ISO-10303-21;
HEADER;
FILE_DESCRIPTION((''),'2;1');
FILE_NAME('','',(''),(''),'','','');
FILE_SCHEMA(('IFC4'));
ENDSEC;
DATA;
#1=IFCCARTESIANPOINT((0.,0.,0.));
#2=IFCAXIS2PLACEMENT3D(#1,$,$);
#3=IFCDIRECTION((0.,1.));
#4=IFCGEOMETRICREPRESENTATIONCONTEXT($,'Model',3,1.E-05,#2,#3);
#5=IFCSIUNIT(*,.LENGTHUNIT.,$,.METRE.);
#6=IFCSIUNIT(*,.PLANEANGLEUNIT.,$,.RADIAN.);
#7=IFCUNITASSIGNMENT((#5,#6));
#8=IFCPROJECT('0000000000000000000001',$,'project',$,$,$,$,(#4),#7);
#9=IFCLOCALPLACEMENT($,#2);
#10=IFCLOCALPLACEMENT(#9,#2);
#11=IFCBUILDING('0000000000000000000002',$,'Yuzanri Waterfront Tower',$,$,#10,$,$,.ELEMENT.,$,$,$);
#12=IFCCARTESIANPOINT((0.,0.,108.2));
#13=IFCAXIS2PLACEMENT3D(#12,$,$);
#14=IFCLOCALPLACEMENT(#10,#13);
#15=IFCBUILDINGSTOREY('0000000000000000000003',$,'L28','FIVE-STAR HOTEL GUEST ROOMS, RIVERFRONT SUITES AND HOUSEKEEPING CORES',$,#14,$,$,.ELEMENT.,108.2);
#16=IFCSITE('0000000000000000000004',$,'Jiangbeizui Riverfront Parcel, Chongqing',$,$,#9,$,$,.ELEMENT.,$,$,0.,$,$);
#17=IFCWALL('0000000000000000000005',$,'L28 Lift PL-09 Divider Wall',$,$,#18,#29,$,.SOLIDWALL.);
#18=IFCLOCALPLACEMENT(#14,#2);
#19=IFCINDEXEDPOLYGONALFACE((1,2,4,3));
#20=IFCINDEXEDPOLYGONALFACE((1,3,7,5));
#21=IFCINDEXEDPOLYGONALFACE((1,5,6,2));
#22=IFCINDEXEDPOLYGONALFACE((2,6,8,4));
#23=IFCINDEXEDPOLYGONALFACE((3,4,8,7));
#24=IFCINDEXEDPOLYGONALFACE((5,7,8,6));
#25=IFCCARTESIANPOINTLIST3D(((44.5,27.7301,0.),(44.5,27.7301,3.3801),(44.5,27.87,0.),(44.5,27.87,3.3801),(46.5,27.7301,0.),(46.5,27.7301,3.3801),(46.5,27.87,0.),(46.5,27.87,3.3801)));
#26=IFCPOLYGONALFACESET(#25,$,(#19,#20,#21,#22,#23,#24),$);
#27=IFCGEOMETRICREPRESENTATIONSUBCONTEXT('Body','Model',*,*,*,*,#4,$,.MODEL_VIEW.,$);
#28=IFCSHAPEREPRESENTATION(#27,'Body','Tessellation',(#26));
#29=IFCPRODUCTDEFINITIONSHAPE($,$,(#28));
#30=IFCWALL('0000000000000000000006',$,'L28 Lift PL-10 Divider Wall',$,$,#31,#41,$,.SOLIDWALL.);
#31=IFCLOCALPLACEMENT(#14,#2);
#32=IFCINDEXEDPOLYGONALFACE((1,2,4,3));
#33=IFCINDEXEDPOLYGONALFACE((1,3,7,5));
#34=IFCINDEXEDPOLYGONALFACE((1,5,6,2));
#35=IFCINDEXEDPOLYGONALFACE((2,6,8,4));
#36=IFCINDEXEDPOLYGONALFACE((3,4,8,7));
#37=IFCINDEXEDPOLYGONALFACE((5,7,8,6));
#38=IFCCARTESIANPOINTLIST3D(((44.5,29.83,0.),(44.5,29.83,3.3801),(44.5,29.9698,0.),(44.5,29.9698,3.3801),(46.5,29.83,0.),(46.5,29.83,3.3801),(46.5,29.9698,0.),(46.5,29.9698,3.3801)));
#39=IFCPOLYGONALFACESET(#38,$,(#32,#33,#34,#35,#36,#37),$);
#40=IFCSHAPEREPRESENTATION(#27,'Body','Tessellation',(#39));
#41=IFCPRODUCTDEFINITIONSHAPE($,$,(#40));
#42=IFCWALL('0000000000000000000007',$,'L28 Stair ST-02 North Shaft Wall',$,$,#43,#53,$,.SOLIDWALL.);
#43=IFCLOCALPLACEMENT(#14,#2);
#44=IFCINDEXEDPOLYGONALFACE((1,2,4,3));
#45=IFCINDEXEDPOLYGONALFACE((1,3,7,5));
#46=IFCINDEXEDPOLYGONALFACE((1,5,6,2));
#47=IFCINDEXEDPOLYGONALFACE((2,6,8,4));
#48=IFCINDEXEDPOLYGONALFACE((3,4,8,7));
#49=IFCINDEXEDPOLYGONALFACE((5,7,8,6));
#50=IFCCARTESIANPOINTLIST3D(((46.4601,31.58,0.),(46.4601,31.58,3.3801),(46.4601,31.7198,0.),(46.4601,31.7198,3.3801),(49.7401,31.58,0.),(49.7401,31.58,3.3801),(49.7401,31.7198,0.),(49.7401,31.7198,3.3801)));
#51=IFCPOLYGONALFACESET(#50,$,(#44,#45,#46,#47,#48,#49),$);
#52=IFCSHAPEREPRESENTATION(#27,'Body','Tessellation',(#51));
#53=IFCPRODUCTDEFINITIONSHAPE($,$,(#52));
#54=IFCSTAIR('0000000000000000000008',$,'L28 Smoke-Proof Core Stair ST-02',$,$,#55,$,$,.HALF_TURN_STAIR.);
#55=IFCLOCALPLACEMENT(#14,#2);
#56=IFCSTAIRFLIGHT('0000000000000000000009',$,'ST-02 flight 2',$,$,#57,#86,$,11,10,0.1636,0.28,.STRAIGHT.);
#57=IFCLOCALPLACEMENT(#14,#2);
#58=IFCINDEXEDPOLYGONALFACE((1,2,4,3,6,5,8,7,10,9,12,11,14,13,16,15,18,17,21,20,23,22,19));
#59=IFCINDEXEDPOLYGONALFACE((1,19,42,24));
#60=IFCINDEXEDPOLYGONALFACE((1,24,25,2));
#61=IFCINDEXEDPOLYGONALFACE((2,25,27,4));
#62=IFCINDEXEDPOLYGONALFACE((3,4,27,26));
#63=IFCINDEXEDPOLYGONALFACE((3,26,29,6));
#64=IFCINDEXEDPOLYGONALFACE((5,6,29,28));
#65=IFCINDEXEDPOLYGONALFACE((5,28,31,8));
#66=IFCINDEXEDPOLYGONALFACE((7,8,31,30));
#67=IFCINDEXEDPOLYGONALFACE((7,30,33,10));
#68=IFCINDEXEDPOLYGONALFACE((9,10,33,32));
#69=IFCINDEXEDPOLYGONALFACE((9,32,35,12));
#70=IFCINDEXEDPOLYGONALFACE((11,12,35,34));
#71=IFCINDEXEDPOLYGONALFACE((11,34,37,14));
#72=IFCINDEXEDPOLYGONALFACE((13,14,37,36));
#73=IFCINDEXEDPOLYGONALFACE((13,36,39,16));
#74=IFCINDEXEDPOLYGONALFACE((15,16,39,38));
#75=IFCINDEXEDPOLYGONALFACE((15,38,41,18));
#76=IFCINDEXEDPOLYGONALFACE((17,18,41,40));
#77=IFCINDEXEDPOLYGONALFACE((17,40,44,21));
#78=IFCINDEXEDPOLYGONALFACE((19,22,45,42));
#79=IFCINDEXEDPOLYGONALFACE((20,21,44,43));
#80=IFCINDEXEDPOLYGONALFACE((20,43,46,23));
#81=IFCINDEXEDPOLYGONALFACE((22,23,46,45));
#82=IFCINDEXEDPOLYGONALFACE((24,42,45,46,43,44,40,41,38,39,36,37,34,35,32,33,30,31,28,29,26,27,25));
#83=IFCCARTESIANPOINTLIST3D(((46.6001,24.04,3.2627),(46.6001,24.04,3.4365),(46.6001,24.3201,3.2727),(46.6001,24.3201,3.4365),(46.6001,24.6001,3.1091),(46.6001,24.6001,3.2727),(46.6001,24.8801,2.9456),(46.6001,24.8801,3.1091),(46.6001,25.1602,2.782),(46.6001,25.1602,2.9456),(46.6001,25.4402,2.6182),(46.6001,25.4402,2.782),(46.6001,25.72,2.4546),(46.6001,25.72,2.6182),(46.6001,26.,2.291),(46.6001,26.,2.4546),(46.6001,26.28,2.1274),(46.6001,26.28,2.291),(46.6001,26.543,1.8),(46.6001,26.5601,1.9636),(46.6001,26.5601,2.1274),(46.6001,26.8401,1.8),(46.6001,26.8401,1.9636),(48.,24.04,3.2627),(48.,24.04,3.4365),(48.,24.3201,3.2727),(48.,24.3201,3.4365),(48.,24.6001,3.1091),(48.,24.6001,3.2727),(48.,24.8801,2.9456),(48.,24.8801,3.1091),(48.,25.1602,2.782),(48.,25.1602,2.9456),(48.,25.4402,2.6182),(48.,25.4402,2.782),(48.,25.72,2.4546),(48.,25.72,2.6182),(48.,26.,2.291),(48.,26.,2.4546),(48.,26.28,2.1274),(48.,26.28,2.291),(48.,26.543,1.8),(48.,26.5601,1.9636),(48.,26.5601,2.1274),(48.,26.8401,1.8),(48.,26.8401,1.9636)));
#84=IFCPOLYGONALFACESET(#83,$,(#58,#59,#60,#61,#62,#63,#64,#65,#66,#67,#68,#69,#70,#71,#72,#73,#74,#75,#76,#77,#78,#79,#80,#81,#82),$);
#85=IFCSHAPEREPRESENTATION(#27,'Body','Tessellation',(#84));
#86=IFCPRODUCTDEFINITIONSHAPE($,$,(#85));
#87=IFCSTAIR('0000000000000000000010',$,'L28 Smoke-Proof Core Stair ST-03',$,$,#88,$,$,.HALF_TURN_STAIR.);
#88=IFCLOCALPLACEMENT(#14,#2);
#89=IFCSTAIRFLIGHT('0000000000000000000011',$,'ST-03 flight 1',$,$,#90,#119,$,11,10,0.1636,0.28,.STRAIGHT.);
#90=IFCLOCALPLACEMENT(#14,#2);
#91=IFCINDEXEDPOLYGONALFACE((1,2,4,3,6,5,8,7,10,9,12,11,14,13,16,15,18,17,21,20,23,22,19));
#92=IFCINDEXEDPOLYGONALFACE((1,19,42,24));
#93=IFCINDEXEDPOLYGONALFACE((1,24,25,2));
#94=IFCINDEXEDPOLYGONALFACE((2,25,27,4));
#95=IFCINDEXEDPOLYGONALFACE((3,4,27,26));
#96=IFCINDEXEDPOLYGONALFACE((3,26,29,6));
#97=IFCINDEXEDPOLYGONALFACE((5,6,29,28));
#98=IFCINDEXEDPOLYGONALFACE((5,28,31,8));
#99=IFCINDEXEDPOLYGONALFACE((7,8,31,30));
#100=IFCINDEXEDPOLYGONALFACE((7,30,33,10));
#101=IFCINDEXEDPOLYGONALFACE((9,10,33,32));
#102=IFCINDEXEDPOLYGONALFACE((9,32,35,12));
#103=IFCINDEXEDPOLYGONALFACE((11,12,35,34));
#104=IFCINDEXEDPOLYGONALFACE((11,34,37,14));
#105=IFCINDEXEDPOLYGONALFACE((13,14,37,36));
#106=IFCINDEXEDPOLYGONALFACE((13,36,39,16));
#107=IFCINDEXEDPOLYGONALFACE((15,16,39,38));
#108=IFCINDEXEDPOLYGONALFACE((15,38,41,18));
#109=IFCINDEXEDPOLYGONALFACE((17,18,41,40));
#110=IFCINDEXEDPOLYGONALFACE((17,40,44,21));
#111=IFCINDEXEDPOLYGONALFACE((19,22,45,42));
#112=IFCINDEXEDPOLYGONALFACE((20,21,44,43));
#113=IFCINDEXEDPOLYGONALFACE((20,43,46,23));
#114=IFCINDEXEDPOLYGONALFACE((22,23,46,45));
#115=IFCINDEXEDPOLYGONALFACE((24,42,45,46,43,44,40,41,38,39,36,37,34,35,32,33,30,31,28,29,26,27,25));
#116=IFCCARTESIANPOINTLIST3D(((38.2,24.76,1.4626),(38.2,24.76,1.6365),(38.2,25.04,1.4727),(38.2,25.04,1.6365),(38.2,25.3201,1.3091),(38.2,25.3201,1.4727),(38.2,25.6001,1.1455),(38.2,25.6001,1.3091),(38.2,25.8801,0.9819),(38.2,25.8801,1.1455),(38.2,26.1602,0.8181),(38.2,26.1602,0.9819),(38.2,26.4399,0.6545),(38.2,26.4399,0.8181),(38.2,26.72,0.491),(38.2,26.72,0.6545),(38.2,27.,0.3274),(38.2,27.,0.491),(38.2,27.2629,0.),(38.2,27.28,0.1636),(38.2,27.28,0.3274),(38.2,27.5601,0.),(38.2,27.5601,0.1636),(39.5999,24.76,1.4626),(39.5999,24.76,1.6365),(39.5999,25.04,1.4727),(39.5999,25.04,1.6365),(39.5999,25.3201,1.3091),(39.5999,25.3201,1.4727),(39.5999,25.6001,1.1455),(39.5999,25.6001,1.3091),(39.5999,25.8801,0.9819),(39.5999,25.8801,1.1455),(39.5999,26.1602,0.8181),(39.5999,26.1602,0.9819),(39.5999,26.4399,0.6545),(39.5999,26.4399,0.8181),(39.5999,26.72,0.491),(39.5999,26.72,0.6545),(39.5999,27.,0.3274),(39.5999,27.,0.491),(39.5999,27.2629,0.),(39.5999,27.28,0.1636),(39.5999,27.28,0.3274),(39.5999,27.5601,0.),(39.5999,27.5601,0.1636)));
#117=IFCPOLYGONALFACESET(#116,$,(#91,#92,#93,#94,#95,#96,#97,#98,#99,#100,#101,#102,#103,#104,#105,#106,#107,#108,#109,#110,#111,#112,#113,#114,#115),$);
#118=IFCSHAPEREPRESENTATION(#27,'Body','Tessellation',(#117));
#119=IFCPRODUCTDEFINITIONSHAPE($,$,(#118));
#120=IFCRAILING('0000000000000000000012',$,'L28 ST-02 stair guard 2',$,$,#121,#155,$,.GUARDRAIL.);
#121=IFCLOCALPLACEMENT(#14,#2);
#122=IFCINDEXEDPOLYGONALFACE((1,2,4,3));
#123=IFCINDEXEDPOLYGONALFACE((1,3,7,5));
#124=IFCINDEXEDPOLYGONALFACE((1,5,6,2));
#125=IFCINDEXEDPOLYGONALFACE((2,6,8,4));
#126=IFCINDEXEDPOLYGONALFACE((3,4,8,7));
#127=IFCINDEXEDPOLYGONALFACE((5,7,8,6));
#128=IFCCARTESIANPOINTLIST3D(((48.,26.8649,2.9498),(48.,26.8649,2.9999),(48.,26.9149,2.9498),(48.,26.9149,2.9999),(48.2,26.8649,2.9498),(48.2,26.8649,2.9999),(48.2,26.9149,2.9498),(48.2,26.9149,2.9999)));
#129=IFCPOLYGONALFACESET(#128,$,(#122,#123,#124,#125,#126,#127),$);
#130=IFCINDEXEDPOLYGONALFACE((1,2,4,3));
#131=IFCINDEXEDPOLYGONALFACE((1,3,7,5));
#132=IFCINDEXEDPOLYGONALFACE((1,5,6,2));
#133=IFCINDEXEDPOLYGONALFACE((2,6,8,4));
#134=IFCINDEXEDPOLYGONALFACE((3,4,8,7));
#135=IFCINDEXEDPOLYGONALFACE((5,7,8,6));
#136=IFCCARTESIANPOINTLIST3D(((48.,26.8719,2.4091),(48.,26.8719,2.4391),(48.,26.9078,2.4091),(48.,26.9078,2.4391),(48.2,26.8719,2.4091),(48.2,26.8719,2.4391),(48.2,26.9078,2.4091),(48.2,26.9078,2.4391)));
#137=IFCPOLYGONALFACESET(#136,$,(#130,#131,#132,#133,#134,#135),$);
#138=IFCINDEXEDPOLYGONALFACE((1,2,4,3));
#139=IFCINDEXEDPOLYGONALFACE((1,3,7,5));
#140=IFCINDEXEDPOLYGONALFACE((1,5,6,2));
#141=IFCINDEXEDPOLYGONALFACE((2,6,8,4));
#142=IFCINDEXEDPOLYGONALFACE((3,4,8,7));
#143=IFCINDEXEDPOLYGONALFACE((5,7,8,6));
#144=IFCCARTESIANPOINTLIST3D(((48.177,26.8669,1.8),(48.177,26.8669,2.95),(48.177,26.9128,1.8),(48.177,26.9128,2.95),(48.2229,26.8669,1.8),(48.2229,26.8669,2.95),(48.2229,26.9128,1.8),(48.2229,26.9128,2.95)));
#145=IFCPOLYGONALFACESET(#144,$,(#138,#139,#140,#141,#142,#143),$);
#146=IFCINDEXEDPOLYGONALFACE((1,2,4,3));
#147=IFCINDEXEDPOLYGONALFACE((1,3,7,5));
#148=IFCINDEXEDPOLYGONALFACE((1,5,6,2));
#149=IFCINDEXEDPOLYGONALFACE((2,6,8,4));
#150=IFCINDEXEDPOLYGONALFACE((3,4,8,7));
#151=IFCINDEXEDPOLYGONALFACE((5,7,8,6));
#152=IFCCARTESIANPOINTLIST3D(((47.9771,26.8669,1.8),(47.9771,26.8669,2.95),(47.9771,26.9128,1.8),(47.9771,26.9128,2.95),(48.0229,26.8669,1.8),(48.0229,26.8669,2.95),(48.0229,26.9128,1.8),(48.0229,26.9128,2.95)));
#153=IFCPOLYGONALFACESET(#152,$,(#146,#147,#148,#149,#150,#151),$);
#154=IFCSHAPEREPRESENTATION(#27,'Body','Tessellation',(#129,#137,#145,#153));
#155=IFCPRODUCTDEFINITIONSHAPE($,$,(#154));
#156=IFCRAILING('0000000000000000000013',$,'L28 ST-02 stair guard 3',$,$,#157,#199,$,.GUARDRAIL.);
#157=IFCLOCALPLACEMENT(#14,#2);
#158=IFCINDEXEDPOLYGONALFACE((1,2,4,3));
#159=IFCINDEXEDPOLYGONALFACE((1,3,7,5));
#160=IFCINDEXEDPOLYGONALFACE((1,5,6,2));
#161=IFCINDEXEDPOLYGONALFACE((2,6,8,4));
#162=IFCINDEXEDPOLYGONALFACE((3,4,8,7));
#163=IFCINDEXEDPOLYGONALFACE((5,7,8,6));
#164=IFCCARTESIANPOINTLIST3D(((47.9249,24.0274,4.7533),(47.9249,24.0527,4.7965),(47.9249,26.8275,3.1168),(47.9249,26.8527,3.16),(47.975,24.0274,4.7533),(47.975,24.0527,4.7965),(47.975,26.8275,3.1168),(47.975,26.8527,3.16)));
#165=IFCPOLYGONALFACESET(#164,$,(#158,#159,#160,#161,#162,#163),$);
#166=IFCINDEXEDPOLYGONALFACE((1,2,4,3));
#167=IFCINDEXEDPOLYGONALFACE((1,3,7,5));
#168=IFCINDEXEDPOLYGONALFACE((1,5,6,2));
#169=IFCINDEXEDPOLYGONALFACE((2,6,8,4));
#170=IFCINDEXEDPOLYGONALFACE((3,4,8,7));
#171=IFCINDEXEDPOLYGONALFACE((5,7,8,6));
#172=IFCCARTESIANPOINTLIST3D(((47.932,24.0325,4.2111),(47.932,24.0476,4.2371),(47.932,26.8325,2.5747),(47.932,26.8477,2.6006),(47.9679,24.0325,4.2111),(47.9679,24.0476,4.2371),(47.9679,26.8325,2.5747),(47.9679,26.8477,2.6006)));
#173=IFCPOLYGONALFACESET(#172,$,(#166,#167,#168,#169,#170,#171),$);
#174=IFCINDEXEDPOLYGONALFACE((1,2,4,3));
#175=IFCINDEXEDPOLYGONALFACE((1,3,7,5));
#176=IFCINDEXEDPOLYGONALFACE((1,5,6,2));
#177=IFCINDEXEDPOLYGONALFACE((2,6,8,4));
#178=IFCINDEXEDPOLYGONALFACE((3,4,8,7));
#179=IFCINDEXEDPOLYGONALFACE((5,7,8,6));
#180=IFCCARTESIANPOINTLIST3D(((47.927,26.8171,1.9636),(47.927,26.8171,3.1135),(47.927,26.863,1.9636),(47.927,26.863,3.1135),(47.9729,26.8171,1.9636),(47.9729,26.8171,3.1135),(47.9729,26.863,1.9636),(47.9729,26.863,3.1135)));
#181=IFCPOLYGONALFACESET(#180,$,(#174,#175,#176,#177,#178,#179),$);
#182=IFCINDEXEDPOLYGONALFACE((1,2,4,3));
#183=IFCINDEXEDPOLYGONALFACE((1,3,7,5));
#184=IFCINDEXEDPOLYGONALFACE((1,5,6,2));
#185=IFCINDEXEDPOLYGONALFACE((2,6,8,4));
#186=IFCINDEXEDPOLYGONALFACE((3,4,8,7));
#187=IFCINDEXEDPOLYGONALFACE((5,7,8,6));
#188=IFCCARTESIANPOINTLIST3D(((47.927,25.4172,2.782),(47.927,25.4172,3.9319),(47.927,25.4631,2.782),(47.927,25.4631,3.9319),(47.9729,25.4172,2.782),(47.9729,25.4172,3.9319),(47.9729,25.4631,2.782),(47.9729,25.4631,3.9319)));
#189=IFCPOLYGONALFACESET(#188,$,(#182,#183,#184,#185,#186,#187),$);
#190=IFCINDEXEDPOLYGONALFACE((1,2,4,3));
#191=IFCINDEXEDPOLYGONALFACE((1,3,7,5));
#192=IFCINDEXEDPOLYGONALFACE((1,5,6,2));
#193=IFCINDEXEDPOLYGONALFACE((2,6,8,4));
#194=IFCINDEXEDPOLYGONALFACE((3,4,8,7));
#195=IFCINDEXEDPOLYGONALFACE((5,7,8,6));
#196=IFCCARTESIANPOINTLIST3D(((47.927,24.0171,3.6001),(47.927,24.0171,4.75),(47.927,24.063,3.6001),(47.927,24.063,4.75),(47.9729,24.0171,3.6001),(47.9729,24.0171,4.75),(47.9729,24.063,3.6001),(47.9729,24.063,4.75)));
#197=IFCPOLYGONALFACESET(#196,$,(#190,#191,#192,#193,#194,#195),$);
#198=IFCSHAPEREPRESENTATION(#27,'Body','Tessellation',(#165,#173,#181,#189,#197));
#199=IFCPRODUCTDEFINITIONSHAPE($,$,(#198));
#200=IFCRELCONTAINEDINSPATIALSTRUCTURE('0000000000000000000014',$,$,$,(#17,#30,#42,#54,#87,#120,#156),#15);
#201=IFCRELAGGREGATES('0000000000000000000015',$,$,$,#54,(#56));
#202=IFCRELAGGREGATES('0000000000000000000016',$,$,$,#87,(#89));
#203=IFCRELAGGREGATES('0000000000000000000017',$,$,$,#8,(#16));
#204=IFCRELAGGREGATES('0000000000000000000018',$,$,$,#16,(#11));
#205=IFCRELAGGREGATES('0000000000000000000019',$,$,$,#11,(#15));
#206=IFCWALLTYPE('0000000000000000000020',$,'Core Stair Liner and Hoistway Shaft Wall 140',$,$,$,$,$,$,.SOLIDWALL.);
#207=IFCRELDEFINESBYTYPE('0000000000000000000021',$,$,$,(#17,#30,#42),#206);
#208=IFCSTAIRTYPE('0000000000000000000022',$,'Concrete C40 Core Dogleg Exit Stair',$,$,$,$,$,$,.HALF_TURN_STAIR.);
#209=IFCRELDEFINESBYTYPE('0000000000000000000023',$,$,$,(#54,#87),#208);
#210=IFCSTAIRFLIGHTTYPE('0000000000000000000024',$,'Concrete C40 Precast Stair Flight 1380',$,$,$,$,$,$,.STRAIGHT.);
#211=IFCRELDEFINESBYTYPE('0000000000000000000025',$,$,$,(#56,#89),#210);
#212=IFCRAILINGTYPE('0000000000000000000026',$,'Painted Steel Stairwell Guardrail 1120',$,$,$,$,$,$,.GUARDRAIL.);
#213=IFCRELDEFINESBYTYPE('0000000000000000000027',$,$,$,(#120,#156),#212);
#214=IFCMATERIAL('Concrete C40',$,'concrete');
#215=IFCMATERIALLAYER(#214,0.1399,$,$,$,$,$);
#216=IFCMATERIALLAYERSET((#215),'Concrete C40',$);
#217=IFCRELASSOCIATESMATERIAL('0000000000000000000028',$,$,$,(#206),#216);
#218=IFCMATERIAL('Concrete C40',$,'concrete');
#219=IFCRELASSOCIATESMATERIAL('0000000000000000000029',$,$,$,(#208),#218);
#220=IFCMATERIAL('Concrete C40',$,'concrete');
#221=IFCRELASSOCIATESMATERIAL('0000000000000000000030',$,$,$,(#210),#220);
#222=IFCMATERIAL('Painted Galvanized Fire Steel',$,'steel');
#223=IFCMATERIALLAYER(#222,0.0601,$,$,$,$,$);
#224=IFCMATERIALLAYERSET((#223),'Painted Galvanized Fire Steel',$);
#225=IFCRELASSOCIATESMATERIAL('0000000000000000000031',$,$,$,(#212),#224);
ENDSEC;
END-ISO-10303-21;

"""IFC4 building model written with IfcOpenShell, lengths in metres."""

from ifc_helpers import new_model, si_unit, direction, frame, frame_2d, origin, origin_2d, place, context, subcontext, project, spatial, polyline, rectangle, outline, extrude, source, transform, mapped, material, layer, layer_set, type_object, element, aggregate, save


model = new_model("IFC4")

# Units and contexts
model_context = context("Model", 3, precision=1e-05, world=origin(), true_north=direction((0.0, 1.0)))
body_context = subcontext(model_context, "Body", "Model", "MODEL_VIEW")
ifc_project = project(units=[si_unit("LENGTHUNIT", "METRE"), si_unit("PLANEANGLEUNIT", "RADIAN")], contexts=[model_context])

# Site, building, storey
site_placement = place(None, origin())
site = spatial("IfcSite", under=ifc_project, at=site_placement, Name="Jiangbeizui Riverfront Parcel, Chongqing", CompositionType="ELEMENT", RefElevation=0.0)
building_placement = place(site_placement, origin())
building = spatial("IfcBuilding", under=site, at=building_placement, Name="Yuzanri Waterfront Tower", CompositionType="ELEMENT")
storey_placement = place(building_placement, frame((0.0, 0.0, 108.2)))
storey = spatial("IfcBuildingStorey", under=building, at=storey_placement, Name="L28", Description="FIVE-STAR HOTEL GUEST ROOMS, RIVERFRONT SUITES AND HOUSEKEEPING CORES", CompositionType="ELEMENT", Elevation=108.2)

# Shared definitions
ifc_material_1 = material(Name="Concrete C40", Category="concrete")
ifc_layer_1 = layer(ifc_material_1, 0.1399)
ifc_layer_set_1 = layer_set([ifc_layer_1], Name="Concrete C40")
wall_type_1 = type_object("IfcWallType", Name="Core Stair Liner and Hoistway Shaft Wall 140", PredefinedType="SOLIDWALL", material=ifc_layer_set_1)

# Walls
shared_shape_1 = source(origin(), body_context, "Body", "SweptSolid", [
    extrude(rectangle(XDim=2.0, YDim=0.1399, at=frame_2d((1.0, 0.0))), origin(), (0.0, 0.0, 1.0), 3.3801),
])
for number, where, z_axis, x_axis, name in (
    (1, (44.5, 27.8, 0.0), (0.0, 0.0, 1.0), (1.0, 0.0, 0.0), "L28 Lift PL-09 Divider Wall"),
    (2, (44.5, 29.8999, 0.0), (0.0, 0.0, 1.0), (1.0, 0.0, 0.0), "L28 Lift PL-10 Divider Wall"),
):
    element("IfcWall", number, at=place(storey_placement, frame(where, z_axis=z_axis, x_axis=x_axis)), inside=storey, type_object=wall_type_1, Name=name, PredefinedType="SOLIDWALL", context=body_context, shape_type="MappedRepresentation", body=[
        mapped(shared_shape_1, transform((0.0, 0.0, 0.0), scale=1.0)),
    ])
shared_shape_2 = source(origin(), body_context, "Body", "SweptSolid", [
    extrude(rectangle(XDim=3.28, YDim=0.1399, at=frame_2d((1.6401, 0.0))), origin(), (0.0, 0.0, 1.0), 3.3801),
])
wall_1_placement = place(storey_placement, frame((46.46, 31.6499, 0.0), z_axis=(0.0, 0.0, 1.0), x_axis=(1.0, 0.0, 0.0)))
element("IfcWall", 3, at=wall_1_placement, inside=storey, type_object=wall_type_1, Name="L28 Stair ST-02 North Shaft Wall", PredefinedType="SOLIDWALL", context=body_context, shape_type="MappedRepresentation", body=[
    mapped(shared_shape_2, transform((0.0, 0.0, 0.0), scale=1.0)),
])

# Stairs, stair flights
ifc_material_2 = material(Name="Concrete C40", Category="concrete")
stair_type = type_object("IfcStairType", Name="Concrete C40 Core Dogleg Exit Stair", PredefinedType="HALF_TURN_STAIR", material=ifc_material_2)
stair_1_placement = place(storey_placement, origin())
stair_1 = element("IfcStair", 4, at=stair_1_placement, inside=storey, type_object=stair_type, Name="L28 Smoke-Proof Core Stair ST-02", PredefinedType="HALF_TURN_STAIR")
ifc_material_3 = material(Name="Concrete C40", Category="concrete")
stair_flight_type = type_object("IfcStairFlightType", Name="Concrete C40 Precast Stair Flight 1380", PredefinedType="STRAIGHT", material=ifc_material_3)
shared_shape_3 = source(origin(), body_context, "Body", "SweptSolid", [
    extrude(outline(polyline([(0.0, 0.0), (0.0, 0.1636), (0.28, 0.1636), (0.28, 0.3274), (0.5601, 0.3274), (0.5601, 0.491), (0.8401, 0.491), (0.8401, 0.6545), (1.1201, 0.6545), (1.1201, 0.8181), (1.3999, 0.8181), (1.3999, 0.9819), (1.6799, 0.9819), (1.6799, 1.1455), (1.96, 1.1455), (1.96, 1.3091), (2.24, 1.3091), (2.24, 1.4727), (2.52, 1.4727), (2.52, 1.6365), (2.8, 1.6365), (2.8, 1.8), (2.8, 1.4626), (0.2971, 0.0), (0.0, 0.0)])), frame((0.0, 0.7, 0.0), z_axis=(0.0, -1.0, 0.0), x_axis=(1.0, 0.0, 0.0)), (0.0, 0.0, 1.0), 1.3999),
])
stair_flight_1_placement = place(storey_placement, frame((47.3, 26.8401, 1.8), z_axis=(0.0, 0.0, 1.0), x_axis=(0.0, -1.0, 0.0)))
stair_flight_1 = element("IfcStairFlight", 5, at=stair_flight_1_placement, type_object=stair_flight_type, Name="ST-02 flight 2", NumberOfRisers=11, NumberOfTreads=10, PredefinedType="STRAIGHT", RiserHeight=0.1636, TreadLength=0.28, context=body_context, shape_type="MappedRepresentation", body=[
    mapped(shared_shape_3, transform((0.0, 0.0, 0.0), scale=1.0)),
])
aggregate(stair_1, [stair_flight_1])
stair_2_placement = place(storey_placement, origin())
stair_2 = element("IfcStair", 6, at=stair_2_placement, inside=storey, type_object=stair_type, Name="L28 Smoke-Proof Core Stair ST-03", PredefinedType="HALF_TURN_STAIR")
stair_flight_2_placement = place(storey_placement, frame((38.8999, 27.5601, 0.0), z_axis=(0.0, 0.0, 1.0), x_axis=(0.0, -1.0, 0.0)))
stair_flight_2 = element("IfcStairFlight", 7, at=stair_flight_2_placement, type_object=stair_flight_type, Name="ST-03 flight 1", NumberOfRisers=11, NumberOfTreads=10, PredefinedType="STRAIGHT", RiserHeight=0.1636, TreadLength=0.28, context=body_context, shape_type="MappedRepresentation", body=[
    mapped(shared_shape_3, transform((0.0, 0.0, 0.0), scale=1.0)),
])
aggregate(stair_2, [stair_flight_2])

# Railings
ifc_material_4 = material(Name="Painted Galvanized Fire Steel", Category="steel")
ifc_layer_2 = layer(ifc_material_4, 0.0601)
ifc_layer_set_2 = layer_set([ifc_layer_2], Name="Painted Galvanized Fire Steel")
railing_type_1 = type_object("IfcRailingType", Name="Painted Steel Stairwell Guardrail 1120", PredefinedType="GUARDRAIL", material=ifc_layer_set_2)
shared_shape_4 = source(origin(), body_context, "Body", "SweptSolid", [
    extrude(rectangle(XDim=0.05, YDim=0.05, at=origin_2d()), frame((0.0, 0.0, 1.1748), z_axis=(-1.0, 0.0, 0.0), x_axis=(0.0, -1.0, 0.0)), (0.0, 0.0, 1.0), 0.2),
    extrude(rectangle(XDim=0.0359, YDim=0.03, at=origin_2d()), frame((0.0, 0.0, 0.624), z_axis=(-1.0, 0.0, 0.0), x_axis=(0.0, -1.0, 0.0)), (0.0, 0.0, 1.0), 0.2),
    extrude(rectangle(XDim=0.0459, YDim=0.0459, at=origin_2d()), origin(), (0.0, 0.0, 1.0), 1.1499),
    extrude(rectangle(XDim=0.0459, YDim=0.0459, at=origin_2d()), frame((-0.2, 0.0, 0.0)), (0.0, 0.0, 1.0), 1.1499),
])
railing_1_placement = place(storey_placement, frame((48.2, 26.8899, 1.8)))
element("IfcRailing", 8, at=railing_1_placement, inside=storey, type_object=railing_type_1, Name="L28 ST-02 stair guard 2", PredefinedType="GUARDRAIL", context=body_context, shape_type="MappedRepresentation", body=[
    mapped(shared_shape_4, transform((0.0, 0.0, 0.0), scale=1.0)),
])
shared_shape_5 = source(origin(), body_context, "Body", "SweptSolid", [
    extrude(rectangle(XDim=0.05, YDim=0.05, at=origin_2d()), frame((0.0, 0.0, 1.1748), z_axis=(0.0, -0.863361, 0.504587), x_axis=(1.0, 0.0, 0.0)), (0.0, 0.0, 1.0), 3.2432),
    extrude(rectangle(XDim=0.0359, YDim=0.03, at=origin_2d()), frame((0.0, 0.0, 0.624), z_axis=(0.0, -0.863361, 0.504587), x_axis=(1.0, 0.0, 0.0)), (0.0, 0.0, 1.0), 3.2432),
    extrude(rectangle(XDim=0.0459, YDim=0.0459, at=origin_2d()), origin(), (0.0, 0.0, 1.0), 1.1499),
    extrude(rectangle(XDim=0.0459, YDim=0.0459, at=origin_2d()), frame((0.0, -1.3999, 0.8184)), (0.0, 0.0, 1.0), 1.1499),
    extrude(rectangle(XDim=0.0459, YDim=0.0459, at=origin_2d()), frame((0.0, -2.8, 1.6365)), (0.0, 0.0, 1.0), 1.1499),
])
for number, where, name in (
    (9, (47.95, 26.8401, 1.9636), "L28 ST-02 stair guard 3"),
):
    element("IfcRailing", number, at=place(storey_placement, frame(where)), inside=storey, type_object=railing_type_1, Name=name, PredefinedType="GUARDRAIL", context=body_context, shape_type="MappedRepresentation", body=[
        mapped(shared_shape_5, transform((0.0, 0.0, 0.0), scale=1.0)),
    ])

save(model, "model.ifc")
